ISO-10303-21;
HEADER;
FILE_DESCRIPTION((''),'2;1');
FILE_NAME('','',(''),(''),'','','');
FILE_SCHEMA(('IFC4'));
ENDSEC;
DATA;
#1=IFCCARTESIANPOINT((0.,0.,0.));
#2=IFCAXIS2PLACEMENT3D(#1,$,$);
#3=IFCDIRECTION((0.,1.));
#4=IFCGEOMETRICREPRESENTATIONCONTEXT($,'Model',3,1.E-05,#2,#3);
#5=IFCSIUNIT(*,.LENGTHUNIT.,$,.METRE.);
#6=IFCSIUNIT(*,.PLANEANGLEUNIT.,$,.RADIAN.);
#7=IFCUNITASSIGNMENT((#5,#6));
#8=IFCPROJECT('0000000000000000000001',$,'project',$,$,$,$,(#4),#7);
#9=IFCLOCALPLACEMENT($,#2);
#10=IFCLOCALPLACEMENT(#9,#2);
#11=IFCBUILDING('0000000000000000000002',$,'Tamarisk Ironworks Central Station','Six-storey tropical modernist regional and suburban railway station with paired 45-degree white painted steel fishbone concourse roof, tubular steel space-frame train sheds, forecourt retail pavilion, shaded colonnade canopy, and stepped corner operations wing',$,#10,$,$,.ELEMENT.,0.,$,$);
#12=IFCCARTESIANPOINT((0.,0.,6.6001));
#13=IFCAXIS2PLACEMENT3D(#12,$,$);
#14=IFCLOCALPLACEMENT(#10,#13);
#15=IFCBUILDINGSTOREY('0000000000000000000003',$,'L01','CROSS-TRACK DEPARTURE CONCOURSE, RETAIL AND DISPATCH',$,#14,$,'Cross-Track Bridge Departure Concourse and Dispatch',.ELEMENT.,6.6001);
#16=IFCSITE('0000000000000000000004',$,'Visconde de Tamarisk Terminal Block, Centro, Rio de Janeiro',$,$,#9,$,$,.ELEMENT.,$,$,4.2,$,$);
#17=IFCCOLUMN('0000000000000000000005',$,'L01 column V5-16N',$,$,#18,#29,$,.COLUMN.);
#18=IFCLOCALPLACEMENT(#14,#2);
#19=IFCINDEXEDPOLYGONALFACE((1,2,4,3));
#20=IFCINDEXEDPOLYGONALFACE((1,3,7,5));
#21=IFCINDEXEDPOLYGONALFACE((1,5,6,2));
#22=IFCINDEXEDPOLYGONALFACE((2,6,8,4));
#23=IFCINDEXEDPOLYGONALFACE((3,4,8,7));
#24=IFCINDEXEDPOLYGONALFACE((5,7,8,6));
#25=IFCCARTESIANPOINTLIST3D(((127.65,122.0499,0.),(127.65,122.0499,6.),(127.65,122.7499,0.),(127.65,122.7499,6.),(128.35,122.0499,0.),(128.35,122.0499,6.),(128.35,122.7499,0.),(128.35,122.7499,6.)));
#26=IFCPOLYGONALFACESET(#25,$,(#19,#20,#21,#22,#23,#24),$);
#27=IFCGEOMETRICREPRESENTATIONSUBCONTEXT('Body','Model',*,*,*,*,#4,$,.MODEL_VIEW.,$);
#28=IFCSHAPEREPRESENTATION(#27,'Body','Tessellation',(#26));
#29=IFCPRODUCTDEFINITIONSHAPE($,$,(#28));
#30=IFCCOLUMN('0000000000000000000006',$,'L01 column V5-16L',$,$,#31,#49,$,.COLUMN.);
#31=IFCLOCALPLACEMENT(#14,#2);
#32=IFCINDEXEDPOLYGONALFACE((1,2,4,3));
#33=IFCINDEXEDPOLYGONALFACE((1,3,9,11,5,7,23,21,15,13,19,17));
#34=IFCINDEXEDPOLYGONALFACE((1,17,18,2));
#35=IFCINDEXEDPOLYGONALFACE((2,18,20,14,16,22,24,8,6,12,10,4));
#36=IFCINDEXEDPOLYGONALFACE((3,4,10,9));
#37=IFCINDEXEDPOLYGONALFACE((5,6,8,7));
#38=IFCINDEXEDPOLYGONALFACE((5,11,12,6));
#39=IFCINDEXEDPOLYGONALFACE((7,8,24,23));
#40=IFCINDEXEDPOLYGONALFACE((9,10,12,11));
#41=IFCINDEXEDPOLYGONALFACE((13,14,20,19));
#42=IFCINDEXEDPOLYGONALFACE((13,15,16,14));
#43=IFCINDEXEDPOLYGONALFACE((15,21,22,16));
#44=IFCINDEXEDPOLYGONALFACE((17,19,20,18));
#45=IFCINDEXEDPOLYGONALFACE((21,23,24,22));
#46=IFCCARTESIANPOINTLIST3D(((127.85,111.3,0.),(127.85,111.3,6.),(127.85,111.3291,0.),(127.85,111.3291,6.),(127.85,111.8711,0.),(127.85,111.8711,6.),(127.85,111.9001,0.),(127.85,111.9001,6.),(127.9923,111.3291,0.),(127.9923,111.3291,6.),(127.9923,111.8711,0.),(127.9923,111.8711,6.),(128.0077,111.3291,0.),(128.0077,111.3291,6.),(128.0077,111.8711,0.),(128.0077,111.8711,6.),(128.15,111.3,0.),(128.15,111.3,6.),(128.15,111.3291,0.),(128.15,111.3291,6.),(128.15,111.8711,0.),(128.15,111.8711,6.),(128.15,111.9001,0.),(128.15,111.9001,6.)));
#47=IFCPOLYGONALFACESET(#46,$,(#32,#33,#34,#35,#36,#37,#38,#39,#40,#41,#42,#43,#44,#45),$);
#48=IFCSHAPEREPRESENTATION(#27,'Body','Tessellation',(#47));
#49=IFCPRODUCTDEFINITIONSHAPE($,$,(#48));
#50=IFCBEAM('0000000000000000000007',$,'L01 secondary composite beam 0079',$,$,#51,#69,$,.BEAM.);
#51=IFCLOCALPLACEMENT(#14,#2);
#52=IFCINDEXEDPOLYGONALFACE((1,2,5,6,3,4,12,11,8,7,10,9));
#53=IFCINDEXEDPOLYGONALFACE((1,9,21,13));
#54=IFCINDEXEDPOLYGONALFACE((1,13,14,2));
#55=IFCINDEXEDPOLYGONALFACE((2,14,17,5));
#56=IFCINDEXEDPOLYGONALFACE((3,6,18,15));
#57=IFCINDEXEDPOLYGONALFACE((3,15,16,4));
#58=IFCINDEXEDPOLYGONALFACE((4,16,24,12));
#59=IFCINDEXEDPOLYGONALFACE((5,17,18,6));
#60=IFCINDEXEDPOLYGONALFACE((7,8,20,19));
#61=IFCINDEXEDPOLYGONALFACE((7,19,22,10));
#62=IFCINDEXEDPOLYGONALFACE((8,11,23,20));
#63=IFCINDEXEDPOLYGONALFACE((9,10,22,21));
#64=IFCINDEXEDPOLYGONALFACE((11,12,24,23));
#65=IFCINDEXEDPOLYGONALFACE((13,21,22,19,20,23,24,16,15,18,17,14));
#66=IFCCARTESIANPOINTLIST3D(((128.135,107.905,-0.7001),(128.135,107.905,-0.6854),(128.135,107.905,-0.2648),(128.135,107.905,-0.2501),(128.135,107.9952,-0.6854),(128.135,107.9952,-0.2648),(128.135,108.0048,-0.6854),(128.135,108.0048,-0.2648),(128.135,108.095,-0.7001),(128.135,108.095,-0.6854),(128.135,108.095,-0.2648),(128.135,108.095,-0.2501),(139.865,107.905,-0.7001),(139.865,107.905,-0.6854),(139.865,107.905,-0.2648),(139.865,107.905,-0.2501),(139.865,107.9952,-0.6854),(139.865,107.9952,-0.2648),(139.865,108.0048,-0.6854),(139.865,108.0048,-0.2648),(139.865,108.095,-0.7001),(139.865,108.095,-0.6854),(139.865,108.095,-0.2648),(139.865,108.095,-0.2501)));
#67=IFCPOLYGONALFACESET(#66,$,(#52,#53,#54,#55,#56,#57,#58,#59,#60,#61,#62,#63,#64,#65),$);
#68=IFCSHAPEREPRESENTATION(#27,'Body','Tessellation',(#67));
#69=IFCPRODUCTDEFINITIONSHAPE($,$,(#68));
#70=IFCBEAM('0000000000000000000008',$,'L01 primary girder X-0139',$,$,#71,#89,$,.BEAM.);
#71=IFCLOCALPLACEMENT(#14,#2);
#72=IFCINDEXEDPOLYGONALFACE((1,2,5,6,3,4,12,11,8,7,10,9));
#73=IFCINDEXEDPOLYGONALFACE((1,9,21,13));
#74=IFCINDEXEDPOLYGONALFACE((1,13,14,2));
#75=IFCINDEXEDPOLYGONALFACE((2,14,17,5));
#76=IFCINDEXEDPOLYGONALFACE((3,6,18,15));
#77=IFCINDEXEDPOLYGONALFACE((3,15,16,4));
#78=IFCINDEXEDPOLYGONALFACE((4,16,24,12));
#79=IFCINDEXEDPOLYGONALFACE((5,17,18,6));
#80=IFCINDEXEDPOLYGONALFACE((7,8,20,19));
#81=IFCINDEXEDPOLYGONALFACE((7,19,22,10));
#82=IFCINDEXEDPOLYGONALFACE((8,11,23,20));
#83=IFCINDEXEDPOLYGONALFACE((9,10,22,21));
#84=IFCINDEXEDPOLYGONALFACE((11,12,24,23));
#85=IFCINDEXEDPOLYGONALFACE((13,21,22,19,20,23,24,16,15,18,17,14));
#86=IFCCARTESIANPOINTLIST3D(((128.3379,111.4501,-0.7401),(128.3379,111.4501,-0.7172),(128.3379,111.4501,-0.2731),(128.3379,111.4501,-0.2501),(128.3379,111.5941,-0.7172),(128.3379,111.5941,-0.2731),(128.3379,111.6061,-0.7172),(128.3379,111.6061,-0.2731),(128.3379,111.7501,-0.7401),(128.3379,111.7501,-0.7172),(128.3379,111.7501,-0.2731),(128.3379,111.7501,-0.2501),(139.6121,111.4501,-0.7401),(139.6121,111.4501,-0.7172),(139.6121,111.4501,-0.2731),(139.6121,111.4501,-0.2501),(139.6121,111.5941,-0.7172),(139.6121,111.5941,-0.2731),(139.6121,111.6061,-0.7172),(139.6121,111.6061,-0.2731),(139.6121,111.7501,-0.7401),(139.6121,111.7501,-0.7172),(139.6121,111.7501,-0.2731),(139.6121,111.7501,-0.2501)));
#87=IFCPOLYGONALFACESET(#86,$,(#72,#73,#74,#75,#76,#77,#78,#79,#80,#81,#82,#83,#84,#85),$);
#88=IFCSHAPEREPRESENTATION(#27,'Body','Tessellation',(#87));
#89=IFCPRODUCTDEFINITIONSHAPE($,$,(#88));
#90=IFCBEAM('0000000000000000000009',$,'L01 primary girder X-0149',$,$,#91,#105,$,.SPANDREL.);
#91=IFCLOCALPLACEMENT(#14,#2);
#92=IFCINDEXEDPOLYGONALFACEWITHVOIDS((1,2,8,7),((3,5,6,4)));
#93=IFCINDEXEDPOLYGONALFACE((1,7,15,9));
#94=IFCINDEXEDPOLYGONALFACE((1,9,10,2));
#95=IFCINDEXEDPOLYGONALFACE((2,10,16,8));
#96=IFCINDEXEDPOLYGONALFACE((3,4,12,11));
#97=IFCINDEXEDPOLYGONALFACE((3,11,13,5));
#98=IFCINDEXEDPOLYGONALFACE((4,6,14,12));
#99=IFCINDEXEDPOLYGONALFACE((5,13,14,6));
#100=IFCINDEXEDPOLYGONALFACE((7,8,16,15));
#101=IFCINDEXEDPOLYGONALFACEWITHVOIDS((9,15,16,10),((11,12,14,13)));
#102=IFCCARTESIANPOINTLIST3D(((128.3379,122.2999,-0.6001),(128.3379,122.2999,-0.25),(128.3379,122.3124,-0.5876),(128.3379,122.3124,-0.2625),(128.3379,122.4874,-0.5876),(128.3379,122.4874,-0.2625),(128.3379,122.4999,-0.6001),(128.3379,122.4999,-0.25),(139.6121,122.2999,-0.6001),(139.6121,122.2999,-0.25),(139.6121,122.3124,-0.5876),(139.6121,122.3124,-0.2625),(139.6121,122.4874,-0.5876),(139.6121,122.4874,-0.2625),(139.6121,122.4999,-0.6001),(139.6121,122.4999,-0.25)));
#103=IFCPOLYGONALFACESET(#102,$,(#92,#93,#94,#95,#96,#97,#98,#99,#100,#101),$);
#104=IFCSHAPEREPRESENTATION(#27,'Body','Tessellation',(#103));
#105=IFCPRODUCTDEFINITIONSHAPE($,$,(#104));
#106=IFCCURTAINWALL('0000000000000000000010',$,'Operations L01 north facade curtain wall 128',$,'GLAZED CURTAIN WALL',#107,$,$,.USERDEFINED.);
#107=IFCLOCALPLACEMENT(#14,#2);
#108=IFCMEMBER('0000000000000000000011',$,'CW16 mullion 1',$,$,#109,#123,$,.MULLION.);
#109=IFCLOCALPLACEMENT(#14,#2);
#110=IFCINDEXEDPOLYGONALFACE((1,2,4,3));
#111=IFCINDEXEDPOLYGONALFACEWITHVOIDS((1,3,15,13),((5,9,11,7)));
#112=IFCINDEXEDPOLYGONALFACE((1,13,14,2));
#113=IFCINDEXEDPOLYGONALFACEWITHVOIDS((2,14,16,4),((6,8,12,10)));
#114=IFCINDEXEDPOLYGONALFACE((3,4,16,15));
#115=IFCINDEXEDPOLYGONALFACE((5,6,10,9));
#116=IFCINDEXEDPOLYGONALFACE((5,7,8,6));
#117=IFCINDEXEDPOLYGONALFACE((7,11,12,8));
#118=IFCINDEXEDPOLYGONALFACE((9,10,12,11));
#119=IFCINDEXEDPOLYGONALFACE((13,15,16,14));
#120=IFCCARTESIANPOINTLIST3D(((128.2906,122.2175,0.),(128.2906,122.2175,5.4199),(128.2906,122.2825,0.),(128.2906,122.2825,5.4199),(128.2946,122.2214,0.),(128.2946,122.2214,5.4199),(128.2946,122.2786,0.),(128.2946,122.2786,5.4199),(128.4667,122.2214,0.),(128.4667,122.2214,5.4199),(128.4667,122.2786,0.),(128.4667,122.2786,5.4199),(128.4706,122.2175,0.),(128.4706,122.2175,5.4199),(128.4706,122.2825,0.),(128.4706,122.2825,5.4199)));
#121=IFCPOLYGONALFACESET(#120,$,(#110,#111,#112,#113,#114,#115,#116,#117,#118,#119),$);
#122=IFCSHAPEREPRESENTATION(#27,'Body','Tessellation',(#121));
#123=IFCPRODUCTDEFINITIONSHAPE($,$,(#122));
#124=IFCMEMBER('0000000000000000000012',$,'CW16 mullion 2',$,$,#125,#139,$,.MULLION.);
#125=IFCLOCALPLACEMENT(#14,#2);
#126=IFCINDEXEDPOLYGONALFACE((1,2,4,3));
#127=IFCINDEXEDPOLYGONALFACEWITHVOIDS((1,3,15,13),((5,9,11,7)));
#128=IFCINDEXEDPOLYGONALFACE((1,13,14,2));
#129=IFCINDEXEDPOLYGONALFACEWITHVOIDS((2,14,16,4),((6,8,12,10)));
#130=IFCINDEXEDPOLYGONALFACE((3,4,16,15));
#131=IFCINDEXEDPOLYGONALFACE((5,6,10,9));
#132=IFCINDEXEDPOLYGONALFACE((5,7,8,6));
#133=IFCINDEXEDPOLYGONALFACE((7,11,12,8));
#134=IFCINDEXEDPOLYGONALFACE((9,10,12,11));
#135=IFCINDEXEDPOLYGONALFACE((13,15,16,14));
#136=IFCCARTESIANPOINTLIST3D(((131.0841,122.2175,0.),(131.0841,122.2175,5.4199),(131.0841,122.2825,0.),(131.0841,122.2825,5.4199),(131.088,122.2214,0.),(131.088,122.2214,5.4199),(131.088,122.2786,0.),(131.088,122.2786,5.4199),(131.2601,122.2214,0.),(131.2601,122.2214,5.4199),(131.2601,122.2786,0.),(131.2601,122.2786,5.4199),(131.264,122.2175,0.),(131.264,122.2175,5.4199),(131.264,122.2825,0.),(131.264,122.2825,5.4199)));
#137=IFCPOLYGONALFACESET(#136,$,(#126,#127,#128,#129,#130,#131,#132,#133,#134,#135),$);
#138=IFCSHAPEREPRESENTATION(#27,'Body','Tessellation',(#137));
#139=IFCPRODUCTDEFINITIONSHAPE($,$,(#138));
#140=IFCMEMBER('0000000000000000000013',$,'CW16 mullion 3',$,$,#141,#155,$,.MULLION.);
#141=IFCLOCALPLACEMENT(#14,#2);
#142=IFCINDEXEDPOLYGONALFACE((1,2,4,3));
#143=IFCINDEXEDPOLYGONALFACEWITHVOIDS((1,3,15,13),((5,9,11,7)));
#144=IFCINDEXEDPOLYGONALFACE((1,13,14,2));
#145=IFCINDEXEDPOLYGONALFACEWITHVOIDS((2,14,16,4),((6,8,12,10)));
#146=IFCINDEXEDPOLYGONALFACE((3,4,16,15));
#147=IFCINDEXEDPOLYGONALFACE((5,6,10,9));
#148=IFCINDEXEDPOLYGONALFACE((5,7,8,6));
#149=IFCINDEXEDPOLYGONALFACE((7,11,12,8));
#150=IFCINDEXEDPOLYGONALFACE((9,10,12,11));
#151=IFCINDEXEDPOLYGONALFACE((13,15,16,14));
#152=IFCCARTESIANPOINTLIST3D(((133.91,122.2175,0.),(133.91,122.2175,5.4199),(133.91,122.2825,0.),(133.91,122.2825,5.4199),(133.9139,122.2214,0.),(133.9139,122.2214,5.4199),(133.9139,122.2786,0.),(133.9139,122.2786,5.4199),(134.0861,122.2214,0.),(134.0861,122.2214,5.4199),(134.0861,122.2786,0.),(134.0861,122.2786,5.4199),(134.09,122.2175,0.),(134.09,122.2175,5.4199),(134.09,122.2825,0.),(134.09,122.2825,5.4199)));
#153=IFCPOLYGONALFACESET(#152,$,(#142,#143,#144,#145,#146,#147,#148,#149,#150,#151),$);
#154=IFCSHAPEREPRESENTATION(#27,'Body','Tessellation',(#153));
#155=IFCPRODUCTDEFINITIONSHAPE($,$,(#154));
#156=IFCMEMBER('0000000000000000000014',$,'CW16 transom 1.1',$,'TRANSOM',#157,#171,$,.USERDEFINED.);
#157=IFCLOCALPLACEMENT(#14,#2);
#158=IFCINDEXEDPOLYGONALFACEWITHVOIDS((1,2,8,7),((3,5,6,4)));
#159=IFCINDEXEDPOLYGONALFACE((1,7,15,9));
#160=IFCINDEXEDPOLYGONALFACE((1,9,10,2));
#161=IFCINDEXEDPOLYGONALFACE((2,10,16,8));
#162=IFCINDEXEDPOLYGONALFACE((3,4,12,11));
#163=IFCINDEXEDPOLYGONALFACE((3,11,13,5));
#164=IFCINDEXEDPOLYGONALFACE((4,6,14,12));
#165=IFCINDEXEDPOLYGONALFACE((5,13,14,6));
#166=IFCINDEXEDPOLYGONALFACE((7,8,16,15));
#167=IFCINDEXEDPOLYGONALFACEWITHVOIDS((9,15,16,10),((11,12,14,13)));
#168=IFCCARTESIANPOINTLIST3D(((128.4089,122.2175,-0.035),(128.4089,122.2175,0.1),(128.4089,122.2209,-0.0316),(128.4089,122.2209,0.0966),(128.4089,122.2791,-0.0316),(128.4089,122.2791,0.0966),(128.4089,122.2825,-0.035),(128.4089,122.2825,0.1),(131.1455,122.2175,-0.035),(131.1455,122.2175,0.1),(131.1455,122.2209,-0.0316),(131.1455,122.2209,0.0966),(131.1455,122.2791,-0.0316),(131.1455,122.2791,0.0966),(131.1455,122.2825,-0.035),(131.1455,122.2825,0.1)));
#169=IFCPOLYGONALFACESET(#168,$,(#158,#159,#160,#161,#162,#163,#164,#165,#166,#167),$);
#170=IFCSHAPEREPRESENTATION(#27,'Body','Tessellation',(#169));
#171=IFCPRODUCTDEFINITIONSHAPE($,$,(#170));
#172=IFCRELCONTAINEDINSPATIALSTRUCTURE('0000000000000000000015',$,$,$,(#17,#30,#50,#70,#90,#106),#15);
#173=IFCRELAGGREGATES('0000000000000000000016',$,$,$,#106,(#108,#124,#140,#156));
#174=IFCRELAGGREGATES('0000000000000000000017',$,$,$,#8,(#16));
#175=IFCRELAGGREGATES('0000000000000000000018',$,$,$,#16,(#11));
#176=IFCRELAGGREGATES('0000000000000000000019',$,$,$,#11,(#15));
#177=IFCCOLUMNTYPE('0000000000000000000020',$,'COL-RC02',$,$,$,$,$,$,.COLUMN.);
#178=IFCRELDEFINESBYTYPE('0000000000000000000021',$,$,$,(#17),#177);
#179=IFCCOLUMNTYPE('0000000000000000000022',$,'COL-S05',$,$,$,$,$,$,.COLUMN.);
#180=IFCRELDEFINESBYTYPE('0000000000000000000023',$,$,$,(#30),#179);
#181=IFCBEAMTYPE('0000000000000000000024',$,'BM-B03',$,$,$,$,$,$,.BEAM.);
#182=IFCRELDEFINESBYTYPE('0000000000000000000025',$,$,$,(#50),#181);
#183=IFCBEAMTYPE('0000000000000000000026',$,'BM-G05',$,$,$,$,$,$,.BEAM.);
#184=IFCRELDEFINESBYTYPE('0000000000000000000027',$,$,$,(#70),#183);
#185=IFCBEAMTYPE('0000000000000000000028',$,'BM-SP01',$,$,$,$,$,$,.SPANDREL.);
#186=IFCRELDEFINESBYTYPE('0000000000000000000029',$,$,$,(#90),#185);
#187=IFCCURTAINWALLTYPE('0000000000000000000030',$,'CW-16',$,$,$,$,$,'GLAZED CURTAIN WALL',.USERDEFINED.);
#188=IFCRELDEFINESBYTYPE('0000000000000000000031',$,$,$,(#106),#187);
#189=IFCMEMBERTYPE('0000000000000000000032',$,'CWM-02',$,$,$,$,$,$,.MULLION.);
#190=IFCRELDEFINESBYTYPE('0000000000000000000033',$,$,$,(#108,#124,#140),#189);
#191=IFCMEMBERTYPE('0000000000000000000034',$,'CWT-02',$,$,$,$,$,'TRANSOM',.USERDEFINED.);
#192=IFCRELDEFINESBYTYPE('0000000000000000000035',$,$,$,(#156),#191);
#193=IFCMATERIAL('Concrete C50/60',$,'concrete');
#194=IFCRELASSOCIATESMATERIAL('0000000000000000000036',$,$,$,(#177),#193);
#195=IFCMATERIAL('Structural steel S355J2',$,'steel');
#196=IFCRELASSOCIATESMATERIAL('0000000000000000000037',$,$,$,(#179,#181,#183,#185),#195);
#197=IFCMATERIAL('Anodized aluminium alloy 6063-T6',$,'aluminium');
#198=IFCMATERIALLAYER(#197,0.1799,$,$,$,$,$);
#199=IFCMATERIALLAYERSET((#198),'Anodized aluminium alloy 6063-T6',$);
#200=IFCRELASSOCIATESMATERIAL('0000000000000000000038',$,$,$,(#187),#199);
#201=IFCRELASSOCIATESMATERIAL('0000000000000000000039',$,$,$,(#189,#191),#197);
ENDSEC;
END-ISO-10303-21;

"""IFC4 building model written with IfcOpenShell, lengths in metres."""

from ifc_helpers import new_model, si_unit, direction, frame, origin, origin_2d, place, context, subcontext, project, spatial, rectangle, hollow_rectangle, i_section, extrude, material, layer, layer_set, material_profile, profile_set, type_object, element, aggregate, save


model = new_model("IFC4")

# Units and contexts
model_context = context("Model", 3, precision=1e-05, world=origin(), true_north=direction((0.0, 1.0)))
body_context = subcontext(model_context, "Body", "Model", "MODEL_VIEW")
ifc_project = project(units=[si_unit("LENGTHUNIT", "METRE"), si_unit("PLANEANGLEUNIT", "RADIAN")], contexts=[model_context])

# Site, building, storey
site_placement = place(None, origin())
site = spatial("IfcSite", under=ifc_project, at=site_placement, Name="Visconde de Tamarisk Terminal Block, Centro, Rio de Janeiro", CompositionType="ELEMENT", RefElevation=4.2)
building_placement = place(site_placement, origin())
building = spatial("IfcBuilding", under=site, at=building_placement, Name="Tamarisk Ironworks Central Station", Description="Six-storey tropical modernist regional and suburban railway station with paired 45-degree white painted steel fishbone concourse roof, tubular steel space-frame train sheds, forecourt retail pavilion, shaded colonnade canopy, and stepped corner operations wing", CompositionType="ELEMENT", ElevationOfRefHeight=0.0)
storey_placement = place(building_placement, frame((0.0, 0.0, 6.6001)))
storey = spatial("IfcBuildingStorey", under=building, at=storey_placement, Name="L01", Description="CROSS-TRACK DEPARTURE CONCOURSE, RETAIL AND DISPATCH", LongName="Cross-Track Bridge Departure Concourse and Dispatch", CompositionType="ELEMENT", Elevation=6.6001)

# Columns
ifc_material_1 = material(Name="Concrete C50/60", Category="concrete")
ifc_material_profile_1 = material_profile(ifc_material_1, rectangle(XDim=0.7, YDim=0.7, at=origin_2d()), Name="RC 700x700")
ifc_profile_set_1 = profile_set([ifc_material_profile_1], Name="Concrete C50/60")
column_type_1 = type_object("IfcColumnType", Name="COL-RC02", PredefinedType="COLUMN", material=ifc_profile_set_1)
column_1_placement = place(storey_placement, frame((128.0, 122.3999, 0.0), z_axis=(0.0, 0.0, 1.0), x_axis=(1.0, 0.0, 0.0)))
element("IfcColumn", 1, at=column_1_placement, inside=storey, type_object=column_type_1, Name="L01 column V5-16N", PredefinedType="COLUMN", context=body_context, shape_type="SweptSolid", body=[
    extrude(rectangle(XDim=0.7, YDim=0.7, at=origin_2d()), origin(), (0.0, 0.0, 1.0), 6.0),
])
ifc_material_2 = material(Name="Structural steel S355J2", Category="steel")
ifc_material_profile_2 = material_profile(ifc_material_2, i_section(OverallWidth=0.3, OverallDepth=0.6001, WebThickness=0.0154, FlangeThickness=0.0291, at=origin_2d()), Name="HEB 600")
ifc_profile_set_2 = profile_set([ifc_material_profile_2], Name="Structural steel S355J2")
column_type_2 = type_object("IfcColumnType", Name="COL-S05", PredefinedType="COLUMN", material=ifc_profile_set_2)
column_2_placement = place(storey_placement, frame((128.0, 111.6001, 0.0), z_axis=(0.0, 0.0, 1.0), x_axis=(1.0, 0.0, 0.0)))
element("IfcColumn", 2, at=column_2_placement, inside=storey, type_object=column_type_2, Name="L01 column V5-16L", PredefinedType="COLUMN", context=body_context, shape_type="SweptSolid", body=[
    extrude(i_section(OverallWidth=0.3, OverallDepth=0.6001, WebThickness=0.0154, FlangeThickness=0.0291, at=origin_2d()), origin(), (0.0, 0.0, 1.0), 6.0),
])

# Beams
ifc_material_profile_3 = material_profile(ifc_material_2, i_section(OverallWidth=0.1899, OverallDepth=0.45, WebThickness=0.0095, FlangeThickness=0.0146, at=origin_2d()), Name="IPE 450")
ifc_profile_set_3 = profile_set([ifc_material_profile_3], Name="Structural steel S355J2")
beam_type_1 = type_object("IfcBeamType", Name="BM-B03", PredefinedType="BEAM", material=ifc_profile_set_3)
beam_1_placement = place(storey_placement, frame((128.135, 108.0, -0.4751), z_axis=(1.0, 0.0, 0.0), x_axis=(0.0, 1.0, 0.0)))
element("IfcBeam", 3, at=beam_1_placement, inside=storey, type_object=beam_type_1, Name="L01 secondary composite beam 0079", PredefinedType="BEAM", context=body_context, shape_type="SweptSolid", body=[
    extrude(i_section(OverallWidth=0.1899, OverallDepth=0.45, WebThickness=0.0095, FlangeThickness=0.0146, at=origin_2d()), origin(), (0.0, 0.0, 1.0), 11.73),
])
ifc_material_profile_4 = material_profile(ifc_material_2, i_section(OverallWidth=0.3, OverallDepth=0.49, WebThickness=0.012, FlangeThickness=0.0229, at=origin_2d()), Name="HEA 500")
ifc_profile_set_4 = profile_set([ifc_material_profile_4], Name="Structural steel S355J2")
beam_type_2 = type_object("IfcBeamType", Name="BM-G05", PredefinedType="BEAM", material=ifc_profile_set_4)
beam_2_placement = place(storey_placement, frame((128.3379, 111.6001, -0.4951), z_axis=(1.0, 0.0, 0.0), x_axis=(0.0, 1.0, 0.0)))
element("IfcBeam", 4, at=beam_2_placement, inside=storey, type_object=beam_type_2, Name="L01 primary girder X-0139", PredefinedType="BEAM", context=body_context, shape_type="SweptSolid", body=[
    extrude(i_section(OverallWidth=0.3, OverallDepth=0.49, WebThickness=0.012, FlangeThickness=0.0229, at=origin_2d()), origin(), (0.0, 0.0, 1.0), 11.2742),
])
ifc_material_profile_5 = material_profile(ifc_material_2, hollow_rectangle(XDim=0.2, YDim=0.3501, WallThickness=0.0125, at=origin_2d()), Name="RHS 350x200x12.5")
ifc_profile_set_5 = profile_set([ifc_material_profile_5], Name="Structural steel S355J2")
beam_type_3 = type_object("IfcBeamType", Name="BM-SP01", PredefinedType="SPANDREL", material=ifc_profile_set_5)
beam_3_placement = place(storey_placement, frame((128.3379, 122.3999, -0.425), z_axis=(1.0, 0.0, 0.0), x_axis=(0.0, 1.0, 0.0)))
element("IfcBeam", 5, at=beam_3_placement, inside=storey, type_object=beam_type_3, Name="L01 primary girder X-0149", PredefinedType="SPANDREL", context=body_context, shape_type="SweptSolid", body=[
    extrude(hollow_rectangle(XDim=0.2, YDim=0.3501, WallThickness=0.0125, at=origin_2d()), origin(), (0.0, 0.0, 1.0), 11.2742),
])

# Curtain wall, members
ifc_material_3 = material(Name="Anodized aluminium alloy 6063-T6", Category="aluminium")
ifc_layer_1 = layer(ifc_material_3, 0.1799)
ifc_layer_set_1 = layer_set([ifc_layer_1], Name="Anodized aluminium alloy 6063-T6")
curtain_wall_type = type_object("IfcCurtainWallType", Name="CW-16", ElementType="GLAZED CURTAIN WALL", PredefinedType="USERDEFINED", material=ifc_layer_set_1)
curtain_wall_placement = place(storey_placement, origin())
curtain_wall = element("IfcCurtainWall", 6, at=curtain_wall_placement, inside=storey, type_object=curtain_wall_type, Name="Operations L01 north facade curtain wall 128", ObjectType="GLAZED CURTAIN WALL", PredefinedType="USERDEFINED")
ifc_material_profile_6 = material_profile(ifc_material_3, hollow_rectangle(XDim=0.0649, YDim=0.1799, WallThickness=0.0039, at=origin_2d()), Name="ALUM 180x65")
ifc_profile_set_6 = profile_set([ifc_material_profile_6], Name="Anodized aluminium alloy 6063-T6")
member_type_1 = type_object("IfcMemberType", Name="CWM-02", PredefinedType="MULLION", material=ifc_profile_set_6)
member_1_placement = place(storey_placement, frame((128.3806, 122.25, 0.0), z_axis=(0.0, 0.0, 1.0), x_axis=(0.0, 1.0, 0.0)))
member_1 = element("IfcMember", 7, at=member_1_placement, type_object=member_type_1, Name="CW16 mullion 1", PredefinedType="MULLION", context=body_context, shape_type="SweptSolid", body=[
    extrude(hollow_rectangle(XDim=0.0649, YDim=0.1799, WallThickness=0.0039, at=origin_2d()), origin(), (0.0, 0.0, 1.0), 5.4199),
])
member_2_placement = place(storey_placement, frame((131.1741, 122.25, 0.0), z_axis=(0.0, 0.0, 1.0), x_axis=(0.0, 1.0, 0.0)))
member_2 = element("IfcMember", 8, at=member_2_placement, type_object=member_type_1, Name="CW16 mullion 2", PredefinedType="MULLION", context=body_context, shape_type="SweptSolid", body=[
    extrude(hollow_rectangle(XDim=0.0649, YDim=0.1799, WallThickness=0.0039, at=origin_2d()), origin(), (0.0, 0.0, 1.0), 5.4199),
])
member_3_placement = place(storey_placement, frame((134.0, 122.25, 0.0), z_axis=(0.0, 0.0, 1.0), x_axis=(0.0, 1.0, 0.0)))
member_3 = element("IfcMember", 9, at=member_3_placement, type_object=member_type_1, Name="CW16 mullion 3", PredefinedType="MULLION", context=body_context, shape_type="SweptSolid", body=[
    extrude(hollow_rectangle(XDim=0.0649, YDim=0.1799, WallThickness=0.0039, at=origin_2d()), origin(), (0.0, 0.0, 1.0), 5.4199),
])
ifc_material_profile_7 = material_profile(ifc_material_3, hollow_rectangle(XDim=0.0649, YDim=0.135, WallThickness=0.0034, at=origin_2d()), Name="ALUM 135x65")
ifc_profile_set_7 = profile_set([ifc_material_profile_7], Name="Anodized aluminium alloy 6063-T6")
member_type_2 = type_object("IfcMemberType", Name="CWT-02", ElementType="TRANSOM", PredefinedType="USERDEFINED", material=ifc_profile_set_7)
member_4_placement = place(storey_placement, frame((128.4089, 122.25, 0.0325), z_axis=(1.0, 0.0, 0.0), x_axis=(0.0, 1.0, 0.0)))
member_4 = element("IfcMember", 10, at=member_4_placement, type_object=member_type_2, Name="CW16 transom 1.1", ObjectType="TRANSOM", PredefinedType="USERDEFINED", context=body_context, shape_type="SweptSolid", body=[
    extrude(hollow_rectangle(XDim=0.0649, YDim=0.135, WallThickness=0.0034, at=origin_2d()), origin(), (0.0, 0.0, 1.0), 2.7366),
])
aggregate(curtain_wall, [member_1, member_2, member_3, member_4])

save(model, "model.ifc")
